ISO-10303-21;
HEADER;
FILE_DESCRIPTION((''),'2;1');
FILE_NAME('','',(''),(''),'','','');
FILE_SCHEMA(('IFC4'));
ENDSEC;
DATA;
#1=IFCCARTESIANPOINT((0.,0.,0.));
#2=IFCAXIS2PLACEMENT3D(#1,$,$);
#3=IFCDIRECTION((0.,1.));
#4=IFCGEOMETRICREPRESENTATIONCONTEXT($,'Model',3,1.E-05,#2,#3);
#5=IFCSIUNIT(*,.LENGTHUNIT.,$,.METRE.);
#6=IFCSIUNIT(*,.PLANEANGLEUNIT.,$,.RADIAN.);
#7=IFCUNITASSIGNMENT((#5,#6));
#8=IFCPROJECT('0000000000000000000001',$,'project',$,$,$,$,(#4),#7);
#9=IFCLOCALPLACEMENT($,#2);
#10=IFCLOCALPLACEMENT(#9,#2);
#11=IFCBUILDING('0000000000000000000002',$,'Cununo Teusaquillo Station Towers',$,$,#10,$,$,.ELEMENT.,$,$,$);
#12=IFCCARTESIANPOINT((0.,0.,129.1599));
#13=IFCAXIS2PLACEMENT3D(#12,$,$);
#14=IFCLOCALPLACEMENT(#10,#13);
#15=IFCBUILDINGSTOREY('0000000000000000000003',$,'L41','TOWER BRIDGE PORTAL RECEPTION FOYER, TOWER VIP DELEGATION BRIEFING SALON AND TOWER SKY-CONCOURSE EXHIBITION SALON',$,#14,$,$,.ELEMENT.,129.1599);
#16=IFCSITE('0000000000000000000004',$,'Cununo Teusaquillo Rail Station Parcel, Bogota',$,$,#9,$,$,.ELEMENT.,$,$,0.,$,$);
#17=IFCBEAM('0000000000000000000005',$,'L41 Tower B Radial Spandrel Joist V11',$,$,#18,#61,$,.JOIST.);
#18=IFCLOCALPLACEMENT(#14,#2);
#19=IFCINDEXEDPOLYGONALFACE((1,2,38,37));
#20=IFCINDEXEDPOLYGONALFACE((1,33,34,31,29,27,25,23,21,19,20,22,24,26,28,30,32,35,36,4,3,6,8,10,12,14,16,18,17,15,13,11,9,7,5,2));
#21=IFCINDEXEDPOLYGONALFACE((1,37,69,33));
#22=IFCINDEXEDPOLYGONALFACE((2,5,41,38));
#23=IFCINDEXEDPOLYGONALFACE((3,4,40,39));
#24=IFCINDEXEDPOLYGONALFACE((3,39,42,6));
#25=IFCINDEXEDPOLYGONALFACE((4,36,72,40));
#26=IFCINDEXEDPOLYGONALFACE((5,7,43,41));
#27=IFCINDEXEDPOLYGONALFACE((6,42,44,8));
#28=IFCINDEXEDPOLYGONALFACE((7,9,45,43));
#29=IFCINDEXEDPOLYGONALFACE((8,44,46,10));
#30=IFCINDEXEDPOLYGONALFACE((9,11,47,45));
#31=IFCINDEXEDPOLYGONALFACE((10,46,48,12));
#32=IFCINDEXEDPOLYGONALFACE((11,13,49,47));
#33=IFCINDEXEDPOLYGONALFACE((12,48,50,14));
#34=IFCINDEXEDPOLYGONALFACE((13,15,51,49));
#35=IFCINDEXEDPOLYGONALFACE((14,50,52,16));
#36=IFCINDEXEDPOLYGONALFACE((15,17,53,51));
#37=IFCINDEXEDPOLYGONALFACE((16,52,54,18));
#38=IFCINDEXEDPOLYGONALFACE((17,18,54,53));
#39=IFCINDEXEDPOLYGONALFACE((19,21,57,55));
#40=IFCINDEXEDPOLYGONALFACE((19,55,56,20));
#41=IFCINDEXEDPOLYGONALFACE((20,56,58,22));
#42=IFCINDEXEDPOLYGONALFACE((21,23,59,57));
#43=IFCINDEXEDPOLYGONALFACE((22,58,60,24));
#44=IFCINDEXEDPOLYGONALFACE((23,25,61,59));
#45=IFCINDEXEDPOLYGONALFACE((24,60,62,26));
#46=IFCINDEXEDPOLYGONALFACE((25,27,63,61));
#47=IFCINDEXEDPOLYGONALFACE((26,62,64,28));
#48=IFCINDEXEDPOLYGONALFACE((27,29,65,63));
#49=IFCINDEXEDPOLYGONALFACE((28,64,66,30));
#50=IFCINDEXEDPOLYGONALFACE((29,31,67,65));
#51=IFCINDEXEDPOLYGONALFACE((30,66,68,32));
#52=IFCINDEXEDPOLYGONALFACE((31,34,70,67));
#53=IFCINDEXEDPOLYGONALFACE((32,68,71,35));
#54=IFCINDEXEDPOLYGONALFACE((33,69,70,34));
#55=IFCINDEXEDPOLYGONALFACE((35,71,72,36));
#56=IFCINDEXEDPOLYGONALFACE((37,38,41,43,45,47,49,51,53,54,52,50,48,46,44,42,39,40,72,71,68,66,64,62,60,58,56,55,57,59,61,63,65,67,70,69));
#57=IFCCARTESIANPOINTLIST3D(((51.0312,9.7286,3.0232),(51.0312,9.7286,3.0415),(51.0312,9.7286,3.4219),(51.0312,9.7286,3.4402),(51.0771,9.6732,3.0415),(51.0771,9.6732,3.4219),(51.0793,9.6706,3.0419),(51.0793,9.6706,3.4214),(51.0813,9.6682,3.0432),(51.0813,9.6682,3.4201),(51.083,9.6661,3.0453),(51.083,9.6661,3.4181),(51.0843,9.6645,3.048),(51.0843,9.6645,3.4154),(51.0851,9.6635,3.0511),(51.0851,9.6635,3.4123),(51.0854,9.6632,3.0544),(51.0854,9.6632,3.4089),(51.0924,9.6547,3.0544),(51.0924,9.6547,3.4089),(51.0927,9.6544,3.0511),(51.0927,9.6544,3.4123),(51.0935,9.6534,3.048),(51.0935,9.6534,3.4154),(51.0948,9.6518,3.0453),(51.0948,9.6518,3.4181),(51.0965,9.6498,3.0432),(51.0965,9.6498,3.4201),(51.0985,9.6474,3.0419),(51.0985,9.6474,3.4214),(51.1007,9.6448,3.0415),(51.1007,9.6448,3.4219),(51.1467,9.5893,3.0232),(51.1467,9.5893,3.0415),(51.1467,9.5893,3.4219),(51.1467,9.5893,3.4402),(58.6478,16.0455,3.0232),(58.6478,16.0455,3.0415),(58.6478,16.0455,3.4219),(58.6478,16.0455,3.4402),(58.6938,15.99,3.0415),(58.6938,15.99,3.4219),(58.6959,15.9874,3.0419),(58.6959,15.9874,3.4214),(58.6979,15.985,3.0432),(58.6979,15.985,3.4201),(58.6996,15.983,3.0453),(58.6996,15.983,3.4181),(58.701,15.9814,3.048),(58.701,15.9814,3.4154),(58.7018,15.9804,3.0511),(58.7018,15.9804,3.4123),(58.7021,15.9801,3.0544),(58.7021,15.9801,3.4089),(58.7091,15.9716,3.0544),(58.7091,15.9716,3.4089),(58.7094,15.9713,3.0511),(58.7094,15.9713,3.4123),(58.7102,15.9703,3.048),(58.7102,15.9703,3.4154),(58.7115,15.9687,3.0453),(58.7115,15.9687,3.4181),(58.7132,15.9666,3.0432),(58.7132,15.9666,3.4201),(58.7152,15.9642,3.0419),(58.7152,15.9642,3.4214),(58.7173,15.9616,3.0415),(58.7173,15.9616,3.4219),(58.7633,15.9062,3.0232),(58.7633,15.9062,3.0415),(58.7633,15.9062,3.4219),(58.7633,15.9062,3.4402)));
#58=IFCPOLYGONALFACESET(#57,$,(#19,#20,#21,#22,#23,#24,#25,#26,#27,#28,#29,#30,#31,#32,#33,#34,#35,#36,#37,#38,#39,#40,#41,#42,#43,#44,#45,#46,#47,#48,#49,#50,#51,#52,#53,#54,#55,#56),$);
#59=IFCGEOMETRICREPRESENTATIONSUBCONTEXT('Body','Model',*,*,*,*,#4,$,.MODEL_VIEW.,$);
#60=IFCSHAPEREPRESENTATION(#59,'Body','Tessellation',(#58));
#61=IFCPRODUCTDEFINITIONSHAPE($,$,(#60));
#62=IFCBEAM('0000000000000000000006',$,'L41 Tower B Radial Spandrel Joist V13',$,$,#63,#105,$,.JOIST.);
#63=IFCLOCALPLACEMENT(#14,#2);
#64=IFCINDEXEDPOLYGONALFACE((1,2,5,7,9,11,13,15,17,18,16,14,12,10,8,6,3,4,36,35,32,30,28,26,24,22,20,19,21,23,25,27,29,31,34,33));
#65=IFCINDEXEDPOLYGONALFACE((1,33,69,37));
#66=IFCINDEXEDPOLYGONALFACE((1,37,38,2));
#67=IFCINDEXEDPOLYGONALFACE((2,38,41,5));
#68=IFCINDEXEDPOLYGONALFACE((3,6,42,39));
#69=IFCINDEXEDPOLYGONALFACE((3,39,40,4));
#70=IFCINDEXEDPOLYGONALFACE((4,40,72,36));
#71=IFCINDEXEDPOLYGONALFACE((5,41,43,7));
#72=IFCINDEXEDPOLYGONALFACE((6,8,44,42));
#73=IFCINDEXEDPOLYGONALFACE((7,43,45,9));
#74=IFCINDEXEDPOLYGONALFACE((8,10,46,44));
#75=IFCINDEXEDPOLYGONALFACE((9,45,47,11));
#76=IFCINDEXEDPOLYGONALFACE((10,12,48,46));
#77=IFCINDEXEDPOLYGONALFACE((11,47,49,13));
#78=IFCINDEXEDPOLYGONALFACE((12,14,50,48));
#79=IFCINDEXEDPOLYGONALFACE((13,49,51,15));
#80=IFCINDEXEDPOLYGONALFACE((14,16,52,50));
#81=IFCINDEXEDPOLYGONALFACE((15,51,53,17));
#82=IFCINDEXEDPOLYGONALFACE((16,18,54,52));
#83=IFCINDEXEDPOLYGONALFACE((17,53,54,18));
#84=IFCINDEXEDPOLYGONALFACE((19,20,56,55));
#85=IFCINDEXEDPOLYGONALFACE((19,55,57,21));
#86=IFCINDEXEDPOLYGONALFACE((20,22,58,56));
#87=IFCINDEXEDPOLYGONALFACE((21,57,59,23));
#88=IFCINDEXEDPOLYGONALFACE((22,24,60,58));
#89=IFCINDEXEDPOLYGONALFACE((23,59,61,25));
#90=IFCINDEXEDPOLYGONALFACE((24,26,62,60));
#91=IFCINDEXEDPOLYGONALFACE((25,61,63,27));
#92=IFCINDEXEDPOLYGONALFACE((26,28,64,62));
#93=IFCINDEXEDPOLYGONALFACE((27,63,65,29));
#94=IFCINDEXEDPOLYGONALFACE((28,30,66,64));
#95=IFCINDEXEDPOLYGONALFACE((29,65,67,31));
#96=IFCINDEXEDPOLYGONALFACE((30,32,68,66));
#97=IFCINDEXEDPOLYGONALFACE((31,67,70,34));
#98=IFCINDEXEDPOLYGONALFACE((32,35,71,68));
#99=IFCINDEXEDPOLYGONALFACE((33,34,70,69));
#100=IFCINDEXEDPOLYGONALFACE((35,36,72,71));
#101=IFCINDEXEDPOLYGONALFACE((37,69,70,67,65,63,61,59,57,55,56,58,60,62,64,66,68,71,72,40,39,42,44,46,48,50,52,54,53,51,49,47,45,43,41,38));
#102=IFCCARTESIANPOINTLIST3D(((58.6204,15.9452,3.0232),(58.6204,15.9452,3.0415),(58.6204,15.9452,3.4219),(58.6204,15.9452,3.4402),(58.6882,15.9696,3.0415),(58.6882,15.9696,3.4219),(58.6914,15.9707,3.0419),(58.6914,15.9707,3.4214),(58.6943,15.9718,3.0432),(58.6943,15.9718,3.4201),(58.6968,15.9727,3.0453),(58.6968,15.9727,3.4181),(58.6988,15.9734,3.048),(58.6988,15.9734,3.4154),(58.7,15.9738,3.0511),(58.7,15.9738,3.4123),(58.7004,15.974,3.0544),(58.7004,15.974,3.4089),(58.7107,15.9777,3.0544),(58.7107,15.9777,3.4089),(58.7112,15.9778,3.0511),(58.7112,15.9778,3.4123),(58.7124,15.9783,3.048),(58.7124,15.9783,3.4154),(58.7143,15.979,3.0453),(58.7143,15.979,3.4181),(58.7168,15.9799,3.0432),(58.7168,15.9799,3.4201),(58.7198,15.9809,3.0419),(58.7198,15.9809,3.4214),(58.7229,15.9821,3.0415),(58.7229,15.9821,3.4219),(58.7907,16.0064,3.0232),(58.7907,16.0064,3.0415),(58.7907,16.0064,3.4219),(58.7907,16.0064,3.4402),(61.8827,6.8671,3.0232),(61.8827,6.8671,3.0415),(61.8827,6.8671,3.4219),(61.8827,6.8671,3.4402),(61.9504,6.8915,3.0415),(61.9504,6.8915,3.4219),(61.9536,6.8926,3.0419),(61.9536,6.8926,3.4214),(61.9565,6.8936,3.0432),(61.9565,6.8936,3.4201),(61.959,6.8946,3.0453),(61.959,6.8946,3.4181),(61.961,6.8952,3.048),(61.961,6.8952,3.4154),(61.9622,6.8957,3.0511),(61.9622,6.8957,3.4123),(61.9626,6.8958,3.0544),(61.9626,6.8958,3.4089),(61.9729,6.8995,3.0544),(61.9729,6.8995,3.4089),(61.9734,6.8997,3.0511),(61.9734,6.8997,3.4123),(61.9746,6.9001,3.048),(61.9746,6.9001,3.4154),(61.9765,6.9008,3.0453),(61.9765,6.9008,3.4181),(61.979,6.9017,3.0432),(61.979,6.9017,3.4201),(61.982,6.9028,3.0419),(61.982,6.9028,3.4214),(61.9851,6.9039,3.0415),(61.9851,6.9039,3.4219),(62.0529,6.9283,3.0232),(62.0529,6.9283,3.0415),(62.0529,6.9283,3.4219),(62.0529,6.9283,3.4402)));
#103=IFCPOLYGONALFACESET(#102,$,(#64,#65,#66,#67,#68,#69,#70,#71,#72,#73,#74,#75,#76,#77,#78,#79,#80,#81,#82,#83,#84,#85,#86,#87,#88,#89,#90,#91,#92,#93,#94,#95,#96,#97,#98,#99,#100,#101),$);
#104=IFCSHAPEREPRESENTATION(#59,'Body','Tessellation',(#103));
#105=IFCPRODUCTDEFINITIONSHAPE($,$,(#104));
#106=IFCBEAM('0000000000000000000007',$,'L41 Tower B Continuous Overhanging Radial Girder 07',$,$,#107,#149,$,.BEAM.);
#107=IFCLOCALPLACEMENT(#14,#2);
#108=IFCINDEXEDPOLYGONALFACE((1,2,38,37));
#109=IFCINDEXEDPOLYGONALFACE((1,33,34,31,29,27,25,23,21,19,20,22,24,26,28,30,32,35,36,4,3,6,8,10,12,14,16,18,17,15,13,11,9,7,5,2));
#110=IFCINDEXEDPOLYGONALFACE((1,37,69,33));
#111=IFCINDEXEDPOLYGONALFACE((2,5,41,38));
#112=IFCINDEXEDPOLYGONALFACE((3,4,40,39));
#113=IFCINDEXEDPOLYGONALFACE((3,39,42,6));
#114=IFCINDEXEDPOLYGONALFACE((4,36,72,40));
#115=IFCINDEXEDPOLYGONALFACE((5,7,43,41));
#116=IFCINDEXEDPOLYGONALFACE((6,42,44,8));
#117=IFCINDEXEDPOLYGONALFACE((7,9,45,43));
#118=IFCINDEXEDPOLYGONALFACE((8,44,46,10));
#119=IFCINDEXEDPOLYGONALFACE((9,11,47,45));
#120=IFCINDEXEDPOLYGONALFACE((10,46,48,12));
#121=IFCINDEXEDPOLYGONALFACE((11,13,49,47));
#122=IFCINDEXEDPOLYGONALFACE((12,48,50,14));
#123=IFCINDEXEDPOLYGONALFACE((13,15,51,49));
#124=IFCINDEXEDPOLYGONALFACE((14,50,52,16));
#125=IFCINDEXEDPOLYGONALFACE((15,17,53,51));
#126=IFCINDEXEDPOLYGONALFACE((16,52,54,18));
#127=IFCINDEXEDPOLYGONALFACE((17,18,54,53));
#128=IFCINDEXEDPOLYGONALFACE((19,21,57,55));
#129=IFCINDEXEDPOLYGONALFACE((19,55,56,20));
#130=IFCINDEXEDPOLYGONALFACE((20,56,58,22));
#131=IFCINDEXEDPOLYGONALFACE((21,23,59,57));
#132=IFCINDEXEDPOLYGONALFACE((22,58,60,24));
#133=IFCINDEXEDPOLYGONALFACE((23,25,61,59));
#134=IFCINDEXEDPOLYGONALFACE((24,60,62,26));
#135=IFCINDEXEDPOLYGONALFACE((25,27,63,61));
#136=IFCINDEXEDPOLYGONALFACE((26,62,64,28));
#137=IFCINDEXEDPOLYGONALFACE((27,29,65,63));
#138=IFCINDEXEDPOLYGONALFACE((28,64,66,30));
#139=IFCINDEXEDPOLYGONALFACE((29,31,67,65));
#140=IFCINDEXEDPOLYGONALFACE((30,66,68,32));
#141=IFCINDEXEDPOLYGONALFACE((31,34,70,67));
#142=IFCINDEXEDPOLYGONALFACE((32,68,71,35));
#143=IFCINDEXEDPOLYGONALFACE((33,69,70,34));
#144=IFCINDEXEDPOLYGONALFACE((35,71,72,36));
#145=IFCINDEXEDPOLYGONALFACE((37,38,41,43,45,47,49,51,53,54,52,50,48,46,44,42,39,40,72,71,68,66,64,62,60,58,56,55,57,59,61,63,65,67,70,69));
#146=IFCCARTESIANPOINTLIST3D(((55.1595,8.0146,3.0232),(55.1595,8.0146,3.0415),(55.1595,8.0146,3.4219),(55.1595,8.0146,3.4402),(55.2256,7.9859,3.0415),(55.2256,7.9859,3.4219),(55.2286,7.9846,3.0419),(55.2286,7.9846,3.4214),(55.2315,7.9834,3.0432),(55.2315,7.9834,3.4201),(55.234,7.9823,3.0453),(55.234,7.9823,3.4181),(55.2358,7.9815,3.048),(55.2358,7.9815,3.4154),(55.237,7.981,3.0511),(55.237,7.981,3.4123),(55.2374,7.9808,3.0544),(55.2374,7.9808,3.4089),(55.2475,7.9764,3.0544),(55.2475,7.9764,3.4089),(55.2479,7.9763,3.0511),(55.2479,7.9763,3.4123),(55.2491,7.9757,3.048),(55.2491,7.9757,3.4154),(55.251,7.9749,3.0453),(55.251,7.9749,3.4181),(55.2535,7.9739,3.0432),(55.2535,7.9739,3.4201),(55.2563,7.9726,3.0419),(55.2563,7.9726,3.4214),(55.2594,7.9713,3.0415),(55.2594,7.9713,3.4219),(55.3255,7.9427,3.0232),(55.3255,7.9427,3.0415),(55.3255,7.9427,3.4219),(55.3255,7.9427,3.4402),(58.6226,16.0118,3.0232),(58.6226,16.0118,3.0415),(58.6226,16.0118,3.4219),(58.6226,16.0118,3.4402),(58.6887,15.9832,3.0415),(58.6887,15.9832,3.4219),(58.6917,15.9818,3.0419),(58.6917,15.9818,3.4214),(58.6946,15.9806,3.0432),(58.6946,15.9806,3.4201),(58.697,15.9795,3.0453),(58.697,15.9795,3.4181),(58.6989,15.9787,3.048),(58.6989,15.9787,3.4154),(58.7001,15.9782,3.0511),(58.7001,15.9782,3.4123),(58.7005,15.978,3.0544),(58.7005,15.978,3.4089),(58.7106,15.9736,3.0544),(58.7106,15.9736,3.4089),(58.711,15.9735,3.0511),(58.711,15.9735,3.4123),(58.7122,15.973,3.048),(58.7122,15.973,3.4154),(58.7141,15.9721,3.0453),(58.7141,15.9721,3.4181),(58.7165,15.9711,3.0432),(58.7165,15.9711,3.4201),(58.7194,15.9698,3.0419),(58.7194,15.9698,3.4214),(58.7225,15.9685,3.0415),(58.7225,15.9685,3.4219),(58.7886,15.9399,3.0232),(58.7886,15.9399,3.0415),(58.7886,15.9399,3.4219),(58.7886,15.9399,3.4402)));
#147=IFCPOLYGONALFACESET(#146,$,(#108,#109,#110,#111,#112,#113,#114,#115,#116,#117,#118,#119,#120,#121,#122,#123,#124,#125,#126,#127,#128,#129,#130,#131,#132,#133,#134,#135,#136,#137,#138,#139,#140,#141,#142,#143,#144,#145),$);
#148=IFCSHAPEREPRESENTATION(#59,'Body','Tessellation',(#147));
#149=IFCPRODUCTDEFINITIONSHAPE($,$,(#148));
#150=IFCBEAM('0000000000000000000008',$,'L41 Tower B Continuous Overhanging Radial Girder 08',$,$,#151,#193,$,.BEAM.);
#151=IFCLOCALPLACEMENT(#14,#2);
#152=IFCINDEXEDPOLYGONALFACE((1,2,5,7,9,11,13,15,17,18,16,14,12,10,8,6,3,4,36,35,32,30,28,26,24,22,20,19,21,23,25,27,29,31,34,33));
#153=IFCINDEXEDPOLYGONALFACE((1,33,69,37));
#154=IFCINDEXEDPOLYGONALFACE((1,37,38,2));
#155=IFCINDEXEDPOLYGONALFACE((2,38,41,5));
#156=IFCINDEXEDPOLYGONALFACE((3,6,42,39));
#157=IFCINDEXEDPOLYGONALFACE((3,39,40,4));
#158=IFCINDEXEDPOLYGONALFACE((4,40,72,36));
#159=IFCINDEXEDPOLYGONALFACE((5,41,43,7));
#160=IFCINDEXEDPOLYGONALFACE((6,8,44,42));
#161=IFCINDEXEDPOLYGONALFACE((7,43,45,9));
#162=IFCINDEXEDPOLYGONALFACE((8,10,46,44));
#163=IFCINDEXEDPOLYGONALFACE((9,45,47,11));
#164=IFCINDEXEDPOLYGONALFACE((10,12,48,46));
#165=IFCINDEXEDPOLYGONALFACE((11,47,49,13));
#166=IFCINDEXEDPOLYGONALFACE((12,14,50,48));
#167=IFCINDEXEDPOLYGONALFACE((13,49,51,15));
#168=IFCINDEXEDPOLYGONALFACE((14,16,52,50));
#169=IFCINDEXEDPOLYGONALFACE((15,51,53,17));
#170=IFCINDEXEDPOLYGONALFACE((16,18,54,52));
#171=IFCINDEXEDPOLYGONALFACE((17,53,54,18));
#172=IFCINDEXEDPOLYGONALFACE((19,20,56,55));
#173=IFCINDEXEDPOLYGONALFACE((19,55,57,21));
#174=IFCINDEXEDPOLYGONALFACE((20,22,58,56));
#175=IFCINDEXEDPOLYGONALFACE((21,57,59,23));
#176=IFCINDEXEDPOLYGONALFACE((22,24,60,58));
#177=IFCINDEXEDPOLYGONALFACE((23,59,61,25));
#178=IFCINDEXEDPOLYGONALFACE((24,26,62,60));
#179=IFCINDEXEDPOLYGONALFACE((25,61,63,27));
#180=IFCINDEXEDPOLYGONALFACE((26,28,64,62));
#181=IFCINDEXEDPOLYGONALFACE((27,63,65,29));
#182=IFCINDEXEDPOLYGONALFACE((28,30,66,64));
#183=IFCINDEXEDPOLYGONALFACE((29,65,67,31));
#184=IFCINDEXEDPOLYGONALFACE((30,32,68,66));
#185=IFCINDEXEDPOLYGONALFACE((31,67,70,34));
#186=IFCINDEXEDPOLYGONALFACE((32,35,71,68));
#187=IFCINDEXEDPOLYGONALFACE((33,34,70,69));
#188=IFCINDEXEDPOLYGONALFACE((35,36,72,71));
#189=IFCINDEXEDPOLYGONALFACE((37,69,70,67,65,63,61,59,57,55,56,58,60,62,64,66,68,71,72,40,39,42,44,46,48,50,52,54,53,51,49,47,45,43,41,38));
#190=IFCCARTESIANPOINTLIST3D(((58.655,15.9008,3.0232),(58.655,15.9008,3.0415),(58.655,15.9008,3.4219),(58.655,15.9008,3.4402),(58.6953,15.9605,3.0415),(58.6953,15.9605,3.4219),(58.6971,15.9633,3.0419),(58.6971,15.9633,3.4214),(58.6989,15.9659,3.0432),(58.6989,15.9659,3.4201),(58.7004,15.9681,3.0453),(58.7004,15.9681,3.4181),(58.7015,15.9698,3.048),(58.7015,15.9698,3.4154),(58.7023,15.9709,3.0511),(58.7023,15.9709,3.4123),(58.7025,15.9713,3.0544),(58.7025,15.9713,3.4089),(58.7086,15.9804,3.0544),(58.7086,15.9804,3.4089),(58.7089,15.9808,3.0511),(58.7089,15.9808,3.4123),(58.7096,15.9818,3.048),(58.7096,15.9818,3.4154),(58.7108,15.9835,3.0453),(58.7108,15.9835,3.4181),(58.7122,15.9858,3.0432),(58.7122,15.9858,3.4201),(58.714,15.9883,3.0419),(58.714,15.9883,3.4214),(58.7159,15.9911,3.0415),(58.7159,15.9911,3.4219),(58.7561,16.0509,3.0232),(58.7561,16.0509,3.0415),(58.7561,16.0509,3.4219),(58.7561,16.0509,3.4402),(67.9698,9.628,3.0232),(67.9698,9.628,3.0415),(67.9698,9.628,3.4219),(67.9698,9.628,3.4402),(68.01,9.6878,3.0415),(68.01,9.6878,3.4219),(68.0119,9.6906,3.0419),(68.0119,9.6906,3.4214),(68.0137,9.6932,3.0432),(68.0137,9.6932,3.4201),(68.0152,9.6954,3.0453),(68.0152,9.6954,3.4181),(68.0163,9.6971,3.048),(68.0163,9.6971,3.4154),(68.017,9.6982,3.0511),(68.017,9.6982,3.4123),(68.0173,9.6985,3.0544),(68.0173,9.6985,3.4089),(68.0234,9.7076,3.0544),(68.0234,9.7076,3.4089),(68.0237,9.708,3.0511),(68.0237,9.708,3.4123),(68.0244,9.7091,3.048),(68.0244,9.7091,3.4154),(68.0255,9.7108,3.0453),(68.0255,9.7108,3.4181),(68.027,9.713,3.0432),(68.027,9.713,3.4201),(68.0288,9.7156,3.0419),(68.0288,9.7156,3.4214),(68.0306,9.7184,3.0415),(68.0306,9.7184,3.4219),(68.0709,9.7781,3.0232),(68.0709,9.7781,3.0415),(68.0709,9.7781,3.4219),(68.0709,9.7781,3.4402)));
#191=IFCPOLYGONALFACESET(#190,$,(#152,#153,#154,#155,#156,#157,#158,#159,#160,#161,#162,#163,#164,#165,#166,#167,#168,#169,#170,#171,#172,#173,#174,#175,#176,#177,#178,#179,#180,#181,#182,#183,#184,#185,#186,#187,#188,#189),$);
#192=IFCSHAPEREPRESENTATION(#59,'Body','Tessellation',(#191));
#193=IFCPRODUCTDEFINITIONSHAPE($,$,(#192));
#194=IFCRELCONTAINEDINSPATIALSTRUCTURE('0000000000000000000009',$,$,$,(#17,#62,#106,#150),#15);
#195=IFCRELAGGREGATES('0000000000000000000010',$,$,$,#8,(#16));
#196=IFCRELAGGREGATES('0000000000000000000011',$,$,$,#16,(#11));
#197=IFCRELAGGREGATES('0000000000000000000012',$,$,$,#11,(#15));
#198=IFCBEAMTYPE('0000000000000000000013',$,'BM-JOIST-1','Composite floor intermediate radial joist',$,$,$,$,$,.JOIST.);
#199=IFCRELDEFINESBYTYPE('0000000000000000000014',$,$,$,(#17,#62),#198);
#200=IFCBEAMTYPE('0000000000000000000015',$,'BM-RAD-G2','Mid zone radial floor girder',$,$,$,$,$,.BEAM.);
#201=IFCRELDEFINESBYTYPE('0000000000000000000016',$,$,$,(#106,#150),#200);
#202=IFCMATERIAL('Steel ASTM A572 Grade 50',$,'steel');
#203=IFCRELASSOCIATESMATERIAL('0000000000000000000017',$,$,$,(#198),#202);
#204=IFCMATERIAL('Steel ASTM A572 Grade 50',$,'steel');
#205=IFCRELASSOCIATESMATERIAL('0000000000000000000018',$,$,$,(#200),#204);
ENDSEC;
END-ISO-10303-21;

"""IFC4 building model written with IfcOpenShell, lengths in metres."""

from ifc_helpers import new_model, si_unit, direction, frame, origin, origin_2d, place, context, subcontext, project, spatial, i_section, extrude, material, material_profile, profile_set, type_object, element, save


model = new_model("IFC4")

# Units and contexts
model_context = context("Model", 3, precision=1e-05, world=origin(), true_north=direction((0.0, 1.0)))
body_context = subcontext(model_context, "Body", "Model", "MODEL_VIEW")
ifc_project = project(units=[si_unit("LENGTHUNIT", "METRE"), si_unit("PLANEANGLEUNIT", "RADIAN")], contexts=[model_context])

# Site, building, storey
site_placement = place(None, origin())
site = spatial("IfcSite", under=ifc_project, at=site_placement, Name="Cununo Teusaquillo Rail Station Parcel, Bogota", CompositionType="ELEMENT", RefElevation=0.0)
building_placement = place(site_placement, origin())
building = spatial("IfcBuilding", under=site, at=building_placement, Name="Cununo Teusaquillo Station Towers", CompositionType="ELEMENT")
storey_placement = place(building_placement, frame((0.0, 0.0, 129.1599)))
storey = spatial("IfcBuildingStorey", under=building, at=storey_placement, Name="L41", Description="TOWER BRIDGE PORTAL RECEPTION FOYER, TOWER VIP DELEGATION BRIEFING SALON AND TOWER SKY-CONCOURSE EXHIBITION SALON", CompositionType="ELEMENT", Elevation=129.1599)

# Beams
ifc_material_1 = material(Name="Steel ASTM A572 Grade 50", Category="steel")
ifc_material_profile_1 = material_profile(ifc_material_1, i_section(OverallWidth=0.1809, OverallDepth=0.417, WebThickness=0.011, FlangeThickness=0.0183, FilletRadius=0.0129, at=origin_2d()), Name="W16X57")
ifc_profile_set_1 = profile_set([ifc_material_profile_1], Name="Steel ASTM A572 Grade 50")
beam_type_1 = type_object("IfcBeamType", Name="BM-JOIST-1", Description="Composite floor intermediate radial joist", PredefinedType="JOIST", material=ifc_profile_set_1)
beam_1_placement = place(storey_placement, frame((58.7056, 15.9758, 3.2317), z_axis=(-0.769728, -0.638372, 0.0), x_axis=(0.638372, -0.769728, 0.0)))
element("IfcBeam", 1, at=beam_1_placement, inside=storey, type_object=beam_type_1, Name="L41 Tower B Radial Spandrel Joist V11", PredefinedType="JOIST", context=body_context, shape_type="SweptSolid", body=[
    extrude(i_section(OverallWidth=0.1809, OverallDepth=0.417, WebThickness=0.011, FlangeThickness=0.0183, FilletRadius=0.0129, at=origin_2d()), origin(), (0.0, 0.0, 1.0), 9.8953),
])
beam_2_placement = place(storey_placement, frame((58.7056, 15.9758, 3.2317), z_axis=(0.338176, -0.941083, 0.0), x_axis=(0.941083, 0.338176, 0.0)))
element("IfcBeam", 2, at=beam_2_placement, inside=storey, type_object=beam_type_1, Name="L41 Tower B Radial Spandrel Joist V13", PredefinedType="JOIST", context=body_context, shape_type="SweptSolid", body=[
    extrude(i_section(OverallWidth=0.1809, OverallDepth=0.417, WebThickness=0.011, FlangeThickness=0.0183, FilletRadius=0.0129, at=origin_2d()), origin(), (0.0, 0.0, 1.0), 9.6465),
])
ifc_material_2 = material(Name="Steel ASTM A572 Grade 50", Category="steel")
ifc_material_profile_2 = material_profile(ifc_material_2, i_section(OverallWidth=0.1809, OverallDepth=0.417, WebThickness=0.011, FlangeThickness=0.0183, FilletRadius=0.0129, at=origin_2d()), Name="W16X57")
ifc_profile_set_2 = profile_set([ifc_material_profile_2], Name="Steel ASTM A572 Grade 50")
beam_type_2 = type_object("IfcBeamType", Name="BM-RAD-G2", Description="Mid zone radial floor girder", PredefinedType="BEAM", material=ifc_profile_set_2)
beam_3_placement = place(storey_placement, frame((58.7056, 15.9758, 3.2317), z_axis=(-0.397379, -0.917655, 0.0), x_axis=(0.917655, -0.397379, 0.0)))
element("IfcBeam", 3, at=beam_3_placement, inside=storey, type_object=beam_type_2, Name="L41 Tower B Continuous Overhanging Radial Girder 07", PredefinedType="BEAM", context=body_context, shape_type="SweptSolid", body=[
    extrude(i_section(OverallWidth=0.1809, OverallDepth=0.417, WebThickness=0.011, FlangeThickness=0.0183, FilletRadius=0.0129, at=origin_2d()), origin(), (0.0, 0.0, 1.0), 8.7148),
])
beam_4_placement = place(storey_placement, frame((58.7056, 15.9758, 3.2317), z_axis=(0.829456, -0.558572, 0.0), x_axis=(0.558572, 0.829456, 0.0)))
element("IfcBeam", 4, at=beam_4_placement, inside=storey, type_object=beam_type_2, Name="L41 Tower B Continuous Overhanging Radial Girder 08", PredefinedType="BEAM", context=body_context, shape_type="SweptSolid", body=[
    extrude(i_section(OverallWidth=0.1809, OverallDepth=0.417, WebThickness=0.011, FlangeThickness=0.0183, FilletRadius=0.0129, at=origin_2d()), origin(), (0.0, 0.0, 1.0), 11.23),
])

save(model, "model.ifc")
